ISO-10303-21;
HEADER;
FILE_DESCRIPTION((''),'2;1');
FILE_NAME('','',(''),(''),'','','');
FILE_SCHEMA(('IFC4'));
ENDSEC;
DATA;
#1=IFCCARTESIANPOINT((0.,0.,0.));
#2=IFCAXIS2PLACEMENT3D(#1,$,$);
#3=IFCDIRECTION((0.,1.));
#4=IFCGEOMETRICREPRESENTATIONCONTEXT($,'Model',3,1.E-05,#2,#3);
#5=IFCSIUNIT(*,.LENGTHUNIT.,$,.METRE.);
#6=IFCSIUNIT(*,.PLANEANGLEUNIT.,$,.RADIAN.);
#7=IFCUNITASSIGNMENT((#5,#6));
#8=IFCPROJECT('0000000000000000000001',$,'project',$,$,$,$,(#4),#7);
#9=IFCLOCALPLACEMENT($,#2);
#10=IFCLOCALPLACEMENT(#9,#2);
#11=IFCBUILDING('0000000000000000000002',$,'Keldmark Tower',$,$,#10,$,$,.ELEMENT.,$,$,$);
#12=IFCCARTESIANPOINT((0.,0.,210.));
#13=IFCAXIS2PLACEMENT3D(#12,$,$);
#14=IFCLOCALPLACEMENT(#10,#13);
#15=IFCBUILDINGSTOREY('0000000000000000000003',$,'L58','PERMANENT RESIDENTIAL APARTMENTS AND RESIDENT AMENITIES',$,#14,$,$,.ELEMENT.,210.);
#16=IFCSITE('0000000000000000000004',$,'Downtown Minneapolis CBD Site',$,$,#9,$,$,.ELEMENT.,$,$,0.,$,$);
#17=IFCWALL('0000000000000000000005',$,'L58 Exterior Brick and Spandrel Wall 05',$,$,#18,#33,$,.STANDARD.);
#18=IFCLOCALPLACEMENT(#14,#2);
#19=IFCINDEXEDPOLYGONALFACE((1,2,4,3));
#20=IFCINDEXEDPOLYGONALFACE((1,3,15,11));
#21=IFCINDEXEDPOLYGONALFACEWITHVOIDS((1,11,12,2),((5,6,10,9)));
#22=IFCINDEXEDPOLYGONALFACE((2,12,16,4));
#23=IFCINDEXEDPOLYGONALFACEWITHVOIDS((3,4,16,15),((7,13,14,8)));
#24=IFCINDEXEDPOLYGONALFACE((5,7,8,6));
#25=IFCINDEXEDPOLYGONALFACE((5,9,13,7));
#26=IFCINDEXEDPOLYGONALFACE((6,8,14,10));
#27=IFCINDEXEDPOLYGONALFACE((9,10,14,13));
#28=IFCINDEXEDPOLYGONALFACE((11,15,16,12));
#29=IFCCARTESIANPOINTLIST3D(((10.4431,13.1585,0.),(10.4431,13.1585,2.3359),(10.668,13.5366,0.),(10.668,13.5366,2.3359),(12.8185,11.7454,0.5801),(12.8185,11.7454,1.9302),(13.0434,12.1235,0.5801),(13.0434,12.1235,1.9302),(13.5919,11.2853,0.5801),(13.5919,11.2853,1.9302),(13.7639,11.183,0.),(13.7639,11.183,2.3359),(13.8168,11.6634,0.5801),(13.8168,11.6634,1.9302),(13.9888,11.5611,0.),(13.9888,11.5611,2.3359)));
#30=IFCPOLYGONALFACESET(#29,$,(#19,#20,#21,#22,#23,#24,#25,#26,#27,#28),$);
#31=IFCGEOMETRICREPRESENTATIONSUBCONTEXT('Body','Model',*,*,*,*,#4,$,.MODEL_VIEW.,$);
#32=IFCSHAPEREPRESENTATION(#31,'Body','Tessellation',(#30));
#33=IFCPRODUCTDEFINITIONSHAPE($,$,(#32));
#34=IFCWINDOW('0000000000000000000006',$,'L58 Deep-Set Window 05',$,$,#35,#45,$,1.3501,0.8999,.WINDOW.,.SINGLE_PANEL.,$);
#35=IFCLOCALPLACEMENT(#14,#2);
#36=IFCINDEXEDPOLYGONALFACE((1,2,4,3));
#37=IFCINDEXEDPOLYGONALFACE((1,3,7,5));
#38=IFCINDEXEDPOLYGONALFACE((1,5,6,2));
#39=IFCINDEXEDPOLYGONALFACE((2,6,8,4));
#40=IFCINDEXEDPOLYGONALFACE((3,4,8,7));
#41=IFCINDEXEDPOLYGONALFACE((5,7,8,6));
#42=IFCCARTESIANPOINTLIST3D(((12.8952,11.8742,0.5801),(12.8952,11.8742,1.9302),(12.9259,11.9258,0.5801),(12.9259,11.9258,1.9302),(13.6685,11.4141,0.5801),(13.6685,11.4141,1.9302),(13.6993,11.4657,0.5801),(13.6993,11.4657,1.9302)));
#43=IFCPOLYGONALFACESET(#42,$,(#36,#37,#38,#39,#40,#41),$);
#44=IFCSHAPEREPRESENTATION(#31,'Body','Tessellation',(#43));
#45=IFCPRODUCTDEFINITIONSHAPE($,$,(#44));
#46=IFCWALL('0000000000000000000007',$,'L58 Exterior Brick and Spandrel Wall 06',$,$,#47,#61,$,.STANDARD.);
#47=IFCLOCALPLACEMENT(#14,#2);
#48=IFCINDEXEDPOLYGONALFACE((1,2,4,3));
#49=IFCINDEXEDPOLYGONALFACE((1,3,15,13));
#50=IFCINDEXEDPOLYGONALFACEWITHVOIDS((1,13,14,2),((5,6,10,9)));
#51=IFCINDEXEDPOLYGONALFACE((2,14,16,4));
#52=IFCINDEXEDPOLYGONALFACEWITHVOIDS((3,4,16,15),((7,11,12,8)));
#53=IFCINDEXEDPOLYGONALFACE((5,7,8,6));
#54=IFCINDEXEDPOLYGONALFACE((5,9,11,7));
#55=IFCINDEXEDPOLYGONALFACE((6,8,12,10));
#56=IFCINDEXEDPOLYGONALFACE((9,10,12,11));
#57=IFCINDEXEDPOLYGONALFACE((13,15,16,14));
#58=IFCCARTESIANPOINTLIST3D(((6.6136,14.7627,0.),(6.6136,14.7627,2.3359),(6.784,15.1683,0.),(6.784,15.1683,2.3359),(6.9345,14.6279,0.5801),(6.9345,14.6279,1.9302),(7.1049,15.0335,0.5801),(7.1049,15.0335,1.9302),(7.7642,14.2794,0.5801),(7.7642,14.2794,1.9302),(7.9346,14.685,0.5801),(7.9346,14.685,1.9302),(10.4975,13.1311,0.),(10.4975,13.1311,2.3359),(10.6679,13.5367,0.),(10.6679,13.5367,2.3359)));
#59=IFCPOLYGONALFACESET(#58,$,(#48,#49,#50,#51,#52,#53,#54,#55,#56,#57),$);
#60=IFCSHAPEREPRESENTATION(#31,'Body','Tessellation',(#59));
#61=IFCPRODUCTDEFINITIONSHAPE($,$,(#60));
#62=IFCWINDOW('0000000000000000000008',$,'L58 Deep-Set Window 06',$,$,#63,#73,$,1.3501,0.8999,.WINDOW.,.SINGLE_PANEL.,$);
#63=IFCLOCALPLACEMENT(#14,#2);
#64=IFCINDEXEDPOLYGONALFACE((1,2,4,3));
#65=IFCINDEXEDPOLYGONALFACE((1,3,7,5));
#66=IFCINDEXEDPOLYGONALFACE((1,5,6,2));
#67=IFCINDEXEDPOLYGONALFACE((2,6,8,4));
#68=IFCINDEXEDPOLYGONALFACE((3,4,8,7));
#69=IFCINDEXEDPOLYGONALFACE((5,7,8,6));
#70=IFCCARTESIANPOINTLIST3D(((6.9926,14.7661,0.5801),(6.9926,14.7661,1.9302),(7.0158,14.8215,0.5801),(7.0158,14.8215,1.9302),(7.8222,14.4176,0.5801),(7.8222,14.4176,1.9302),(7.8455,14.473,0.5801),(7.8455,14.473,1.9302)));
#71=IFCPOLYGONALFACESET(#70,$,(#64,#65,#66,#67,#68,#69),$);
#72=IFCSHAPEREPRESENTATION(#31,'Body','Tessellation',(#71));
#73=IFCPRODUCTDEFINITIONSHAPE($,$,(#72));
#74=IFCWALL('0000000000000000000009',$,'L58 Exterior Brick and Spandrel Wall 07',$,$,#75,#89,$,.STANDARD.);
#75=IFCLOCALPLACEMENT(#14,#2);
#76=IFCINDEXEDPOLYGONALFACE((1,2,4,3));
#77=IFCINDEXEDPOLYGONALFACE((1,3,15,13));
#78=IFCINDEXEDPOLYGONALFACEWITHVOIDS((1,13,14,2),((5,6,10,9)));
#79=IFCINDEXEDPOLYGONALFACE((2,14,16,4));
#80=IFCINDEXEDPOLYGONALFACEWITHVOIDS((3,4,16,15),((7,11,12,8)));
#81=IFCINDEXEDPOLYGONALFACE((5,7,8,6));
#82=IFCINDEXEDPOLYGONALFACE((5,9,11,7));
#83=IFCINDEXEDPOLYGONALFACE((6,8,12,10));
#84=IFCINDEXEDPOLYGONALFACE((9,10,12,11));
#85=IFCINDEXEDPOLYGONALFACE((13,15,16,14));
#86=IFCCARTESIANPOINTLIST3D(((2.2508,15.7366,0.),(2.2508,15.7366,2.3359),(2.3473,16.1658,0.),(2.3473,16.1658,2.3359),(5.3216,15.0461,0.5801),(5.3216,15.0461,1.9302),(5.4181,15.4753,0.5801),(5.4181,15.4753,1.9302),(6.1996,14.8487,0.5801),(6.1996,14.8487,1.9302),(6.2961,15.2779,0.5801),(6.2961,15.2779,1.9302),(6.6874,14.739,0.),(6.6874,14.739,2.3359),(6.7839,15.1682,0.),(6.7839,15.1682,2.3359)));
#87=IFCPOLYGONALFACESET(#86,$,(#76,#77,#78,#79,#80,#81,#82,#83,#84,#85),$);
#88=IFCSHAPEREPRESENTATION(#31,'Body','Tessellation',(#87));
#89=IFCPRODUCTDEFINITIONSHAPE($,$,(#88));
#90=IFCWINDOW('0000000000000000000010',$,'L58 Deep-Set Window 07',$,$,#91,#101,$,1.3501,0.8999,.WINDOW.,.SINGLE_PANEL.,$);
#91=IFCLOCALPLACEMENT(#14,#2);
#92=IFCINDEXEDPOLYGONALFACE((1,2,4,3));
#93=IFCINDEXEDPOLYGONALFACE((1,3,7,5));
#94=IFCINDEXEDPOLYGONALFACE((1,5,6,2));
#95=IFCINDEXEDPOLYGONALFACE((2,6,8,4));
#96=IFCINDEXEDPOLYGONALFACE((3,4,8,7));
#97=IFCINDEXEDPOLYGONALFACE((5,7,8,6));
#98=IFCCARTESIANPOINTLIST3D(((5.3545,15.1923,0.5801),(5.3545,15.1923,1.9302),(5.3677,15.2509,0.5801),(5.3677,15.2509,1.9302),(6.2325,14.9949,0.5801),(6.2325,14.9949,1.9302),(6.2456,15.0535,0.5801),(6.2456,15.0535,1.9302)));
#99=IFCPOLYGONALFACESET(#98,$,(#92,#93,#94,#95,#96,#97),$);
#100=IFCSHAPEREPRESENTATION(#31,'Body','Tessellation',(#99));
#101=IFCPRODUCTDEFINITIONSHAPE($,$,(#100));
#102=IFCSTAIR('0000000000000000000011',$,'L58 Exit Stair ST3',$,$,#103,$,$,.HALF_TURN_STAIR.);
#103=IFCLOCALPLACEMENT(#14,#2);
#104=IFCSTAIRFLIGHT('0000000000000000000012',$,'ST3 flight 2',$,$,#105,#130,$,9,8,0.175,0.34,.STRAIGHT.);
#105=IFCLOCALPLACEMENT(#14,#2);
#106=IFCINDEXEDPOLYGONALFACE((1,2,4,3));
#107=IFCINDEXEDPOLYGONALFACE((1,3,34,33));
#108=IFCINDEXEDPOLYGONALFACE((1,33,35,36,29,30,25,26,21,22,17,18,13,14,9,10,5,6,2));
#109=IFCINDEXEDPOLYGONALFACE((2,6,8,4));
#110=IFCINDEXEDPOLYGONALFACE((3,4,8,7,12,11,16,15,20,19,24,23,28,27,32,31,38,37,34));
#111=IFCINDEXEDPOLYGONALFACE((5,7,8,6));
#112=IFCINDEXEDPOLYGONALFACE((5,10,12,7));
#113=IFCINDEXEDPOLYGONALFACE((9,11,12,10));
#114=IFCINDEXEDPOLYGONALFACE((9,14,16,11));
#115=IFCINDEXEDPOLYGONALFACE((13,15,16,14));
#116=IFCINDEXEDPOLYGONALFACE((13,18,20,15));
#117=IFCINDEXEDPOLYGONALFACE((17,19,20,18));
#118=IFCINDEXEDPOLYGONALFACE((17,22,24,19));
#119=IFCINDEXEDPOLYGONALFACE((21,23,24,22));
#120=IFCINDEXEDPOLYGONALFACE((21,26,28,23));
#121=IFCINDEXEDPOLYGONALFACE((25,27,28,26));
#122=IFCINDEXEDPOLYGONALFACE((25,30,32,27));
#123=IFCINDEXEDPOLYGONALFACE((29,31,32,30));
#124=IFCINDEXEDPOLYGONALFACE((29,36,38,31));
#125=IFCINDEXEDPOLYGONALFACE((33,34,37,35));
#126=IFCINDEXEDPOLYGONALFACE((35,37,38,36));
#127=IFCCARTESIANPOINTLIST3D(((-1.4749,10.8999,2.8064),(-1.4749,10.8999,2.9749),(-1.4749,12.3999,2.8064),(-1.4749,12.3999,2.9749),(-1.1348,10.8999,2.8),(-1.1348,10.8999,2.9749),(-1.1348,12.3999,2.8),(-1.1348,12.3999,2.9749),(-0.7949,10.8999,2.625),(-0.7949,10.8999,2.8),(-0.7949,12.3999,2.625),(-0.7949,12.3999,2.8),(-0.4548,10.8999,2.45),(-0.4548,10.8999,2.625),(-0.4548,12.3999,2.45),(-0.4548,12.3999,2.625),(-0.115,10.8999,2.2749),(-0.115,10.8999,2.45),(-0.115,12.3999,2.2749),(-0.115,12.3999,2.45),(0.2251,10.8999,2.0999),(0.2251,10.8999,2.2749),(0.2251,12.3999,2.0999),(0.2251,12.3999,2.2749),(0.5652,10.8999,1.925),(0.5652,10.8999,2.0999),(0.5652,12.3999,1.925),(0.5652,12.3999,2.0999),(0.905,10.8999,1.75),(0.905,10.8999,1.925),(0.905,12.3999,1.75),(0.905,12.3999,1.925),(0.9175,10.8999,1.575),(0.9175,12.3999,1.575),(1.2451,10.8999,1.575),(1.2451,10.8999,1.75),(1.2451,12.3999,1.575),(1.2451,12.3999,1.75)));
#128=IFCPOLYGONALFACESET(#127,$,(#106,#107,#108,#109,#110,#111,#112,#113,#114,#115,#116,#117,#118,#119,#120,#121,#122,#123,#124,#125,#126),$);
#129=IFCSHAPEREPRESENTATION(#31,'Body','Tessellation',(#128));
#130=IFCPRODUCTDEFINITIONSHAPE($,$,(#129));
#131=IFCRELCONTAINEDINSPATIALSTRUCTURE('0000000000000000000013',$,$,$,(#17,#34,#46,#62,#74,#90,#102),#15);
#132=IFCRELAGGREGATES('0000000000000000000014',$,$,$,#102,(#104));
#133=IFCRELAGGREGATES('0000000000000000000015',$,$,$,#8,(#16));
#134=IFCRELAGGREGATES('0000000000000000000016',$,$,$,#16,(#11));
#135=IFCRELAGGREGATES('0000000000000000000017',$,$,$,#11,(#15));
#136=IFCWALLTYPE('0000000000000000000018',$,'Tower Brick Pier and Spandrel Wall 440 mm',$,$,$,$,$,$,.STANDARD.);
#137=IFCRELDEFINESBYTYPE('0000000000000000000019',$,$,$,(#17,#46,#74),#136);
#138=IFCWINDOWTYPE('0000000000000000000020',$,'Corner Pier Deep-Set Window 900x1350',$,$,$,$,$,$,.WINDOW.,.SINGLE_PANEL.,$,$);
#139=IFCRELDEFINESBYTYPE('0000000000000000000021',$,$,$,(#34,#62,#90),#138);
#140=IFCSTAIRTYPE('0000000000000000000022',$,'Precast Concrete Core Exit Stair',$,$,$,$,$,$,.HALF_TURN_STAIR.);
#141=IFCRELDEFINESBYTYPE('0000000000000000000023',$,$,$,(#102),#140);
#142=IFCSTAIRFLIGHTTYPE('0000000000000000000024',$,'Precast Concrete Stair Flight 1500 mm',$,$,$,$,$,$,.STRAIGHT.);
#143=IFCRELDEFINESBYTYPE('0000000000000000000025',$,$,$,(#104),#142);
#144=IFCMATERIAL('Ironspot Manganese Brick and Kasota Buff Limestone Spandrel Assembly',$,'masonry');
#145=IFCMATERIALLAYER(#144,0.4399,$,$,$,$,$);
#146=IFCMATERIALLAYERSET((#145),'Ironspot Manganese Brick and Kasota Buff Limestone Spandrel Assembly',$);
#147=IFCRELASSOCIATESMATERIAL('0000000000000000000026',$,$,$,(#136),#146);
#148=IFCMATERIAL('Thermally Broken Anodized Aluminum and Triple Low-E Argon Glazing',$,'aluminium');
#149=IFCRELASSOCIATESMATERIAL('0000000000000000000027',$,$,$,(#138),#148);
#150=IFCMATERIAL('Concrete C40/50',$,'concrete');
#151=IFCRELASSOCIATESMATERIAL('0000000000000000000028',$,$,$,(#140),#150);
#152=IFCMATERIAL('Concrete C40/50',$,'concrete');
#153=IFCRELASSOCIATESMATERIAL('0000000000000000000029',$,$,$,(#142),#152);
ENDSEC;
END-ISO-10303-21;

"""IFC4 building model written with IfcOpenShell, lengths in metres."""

from ifc_helpers import new_model, si_unit, direction, frame, frame_2d, origin, place, context, subcontext, project, spatial, polyline, rectangle, outline, extrude, material, layer, layer_set, type_object, element, fill, aggregate, save


model = new_model("IFC4")

# Units and contexts
model_context = context("Model", 3, precision=1e-05, world=origin(), true_north=direction((0.0, 1.0)))
body_context = subcontext(model_context, "Body", "Model", "MODEL_VIEW")
ifc_project = project(units=[si_unit("LENGTHUNIT", "METRE"), si_unit("PLANEANGLEUNIT", "RADIAN")], contexts=[model_context])

# Site, building, storey
site_placement = place(None, origin())
site = spatial("IfcSite", under=ifc_project, at=site_placement, Name="Downtown Minneapolis CBD Site", CompositionType="ELEMENT", RefElevation=0.0)
building_placement = place(site_placement, origin())
building = spatial("IfcBuilding", under=site, at=building_placement, Name="Keldmark Tower", CompositionType="ELEMENT")
storey_placement = place(building_placement, frame((0.0, 0.0, 210.0)))
storey = spatial("IfcBuildingStorey", under=building, at=storey_placement, Name="L58", Description="PERMANENT RESIDENTIAL APARTMENTS AND RESIDENT AMENITIES", CompositionType="ELEMENT", Elevation=210.0)

# Walls, openings, windows
ifc_material_1 = material(Name="Ironspot Manganese Brick and Kasota Buff Limestone Spandrel Assembly", Category="masonry")
ifc_layer_1 = layer(ifc_material_1, 0.4399)
ifc_layer_set_1 = layer_set([ifc_layer_1], Name="Ironspot Manganese Brick and Kasota Buff Limestone Spandrel Assembly")
wall_type_1 = type_object("IfcWallType", Name="Tower Brick Pier and Spandrel Wall 440 mm", PredefinedType="STANDARD", material=ifc_layer_set_1)
wall_1_placement = place(storey_placement, frame((10.5554, 13.3477, 0.0), z_axis=(0.0, 0.0, 1.0), x_axis=(0.859416, -0.511277, 0.0)))
wall_1 = element("IfcWall", 1, at=wall_1_placement, inside=storey, type_object=wall_type_1, Name="L58 Exterior Brick and Spandrel Wall 05", PredefinedType="STANDARD", context=body_context, shape_type="SweptSolid", body=[
    extrude(rectangle(XDim=3.864, YDim=0.4399, at=frame_2d((1.9321, 0.0))), origin(), (0.0, 0.0, 1.0), 2.3359),
])
opening_1_placement = place(wall_1_placement, frame((2.7642, 0.0, 0.5801)))
opening_1 = element("IfcOpeningElement", 2, at=opening_1_placement, cuts=wall_1, PredefinedType="OPENING", context=body_context, shape_type="SweptSolid", body=[
    extrude(rectangle(XDim=0.8999, YDim=1.3501, at=frame_2d((0.45, 0.675))), frame((0.0, 0.23, 0.0), z_axis=(0.0, -1.0, 0.0), x_axis=(1.0, 0.0, 0.0)), (0.0, 0.0, 1.0), 0.46),
])
ifc_material_2 = material(Name="Thermally Broken Anodized Aluminum and Triple Low-E Argon Glazing", Category="aluminium")
window_type = type_object("IfcWindowType", Name="Corner Pier Deep-Set Window 900x1350", PartitioningType="SINGLE_PANEL", PredefinedType="WINDOW", material=ifc_material_2)
window_1_placement = place(opening_1_placement, origin())
window_1 = element("IfcWindow", 3, at=window_1_placement, inside=storey, type_object=window_type, Name="L58 Deep-Set Window 05", OverallHeight=1.3501, OverallWidth=0.8999, PartitioningType="SINGLE_PANEL", PredefinedType="WINDOW", context=body_context, shape_type="SweptSolid", body=[
    extrude(rectangle(XDim=0.8999, YDim=1.3501, at=frame_2d((0.45, 0.675))), frame((0.0, -0.01, 0.0), z_axis=(0.0, -1.0, 0.0), x_axis=(1.0, 0.0, 0.0)), (0.0, 0.0, 1.0), 0.0601),
])
fill(opening_1, window_1)
wall_2_placement = place(storey_placement, frame((6.6987, 14.9656, 0.0), z_axis=(0.0, 0.0, 1.0), x_axis=(0.921948, -0.387313, 0.0)))
wall_2 = element("IfcWall", 4, at=wall_2_placement, inside=storey, type_object=wall_type_1, Name="L58 Exterior Brick and Spandrel Wall 06", PredefinedType="STANDARD", context=body_context, shape_type="SweptSolid", body=[
    extrude(rectangle(XDim=4.2126, YDim=0.4399, at=frame_2d((2.1064, 0.0))), origin(), (0.0, 0.0, 1.0), 2.3359),
])
opening_2_placement = place(wall_2_placement, frame((0.3481, 0.0, 0.5801)))
opening_2 = element("IfcOpeningElement", 5, at=opening_2_placement, cuts=wall_2, PredefinedType="OPENING", context=body_context, shape_type="SweptSolid", body=[
    extrude(rectangle(XDim=0.8999, YDim=1.3501, at=frame_2d((0.45, 0.675))), frame((0.0, 0.23, 0.0), z_axis=(0.0, -1.0, 0.0), x_axis=(1.0, 0.0, 0.0)), (0.0, 0.0, 1.0), 0.46),
])
window_2_placement = place(opening_2_placement, origin())
window_2 = element("IfcWindow", 6, at=window_2_placement, inside=storey, type_object=window_type, Name="L58 Deep-Set Window 06", OverallHeight=1.3501, OverallWidth=0.8999, PartitioningType="SINGLE_PANEL", PredefinedType="WINDOW", context=body_context, shape_type="SweptSolid", body=[
    extrude(rectangle(XDim=0.8999, YDim=1.3501, at=frame_2d((0.45, 0.675))), frame((0.0, -0.01, 0.0), z_axis=(0.0, -1.0, 0.0), x_axis=(1.0, 0.0, 0.0)), (0.0, 0.0, 1.0), 0.0601),
])
fill(opening_2, window_2)
wall_3_placement = place(storey_placement, frame((2.2991, 15.9512, 0.0), z_axis=(0.0, 0.0, 1.0), x_axis=(0.975641, -0.219374, 0.0)))
wall_3 = element("IfcWall", 7, at=wall_3_placement, inside=storey, type_object=wall_type_1, Name="L58 Exterior Brick and Spandrel Wall 07", PredefinedType="STANDARD", context=body_context, shape_type="SweptSolid", body=[
    extrude(rectangle(XDim=4.5474, YDim=0.4399, at=frame_2d((2.2737, 0.0))), origin(), (0.0, 0.0, 1.0), 2.3359),
])
opening_3_placement = place(wall_3_placement, frame((3.1475, 0.0, 0.5801)))
opening_3 = element("IfcOpeningElement", 8, at=opening_3_placement, cuts=wall_3, PredefinedType="OPENING", context=body_context, shape_type="SweptSolid", body=[
    extrude(rectangle(XDim=0.8999, YDim=1.3501, at=frame_2d((0.45, 0.675))), frame((0.0, 0.23, 0.0), z_axis=(0.0, -1.0, 0.0), x_axis=(1.0, 0.0, 0.0)), (0.0, 0.0, 1.0), 0.46),
])
window_3_placement = place(opening_3_placement, origin())
window_3 = element("IfcWindow", 9, at=window_3_placement, inside=storey, type_object=window_type, Name="L58 Deep-Set Window 07", OverallHeight=1.3501, OverallWidth=0.8999, PartitioningType="SINGLE_PANEL", PredefinedType="WINDOW", context=body_context, shape_type="SweptSolid", body=[
    extrude(rectangle(XDim=0.8999, YDim=1.3501, at=frame_2d((0.45, 0.675))), frame((0.0, -0.01, 0.0), z_axis=(0.0, -1.0, 0.0), x_axis=(1.0, 0.0, 0.0)), (0.0, 0.0, 1.0), 0.0601),
])
fill(opening_3, window_3)

# Stair, stair flight
ifc_material_3 = material(Name="Concrete C40/50", Category="concrete")
stair_type = type_object("IfcStairType", Name="Precast Concrete Core Exit Stair", PredefinedType="HALF_TURN_STAIR", material=ifc_material_3)
stair_placement = place(storey_placement, origin())
stair = element("IfcStair", 10, at=stair_placement, inside=storey, type_object=stair_type, Name="L58 Exit Stair ST3", PredefinedType="HALF_TURN_STAIR")
ifc_material_4 = material(Name="Concrete C40/50", Category="concrete")
stair_flight_type = type_object("IfcStairFlightType", Name="Precast Concrete Stair Flight 1500 mm", PredefinedType="STRAIGHT", material=ifc_material_4)
stair_flight_placement = place(storey_placement, frame((1.2451, 11.6499, 1.575), z_axis=(0.0, 0.0, 1.0), x_axis=(-1.0, 0.0, 0.0)))
stair_flight = element("IfcStairFlight", 11, at=stair_flight_placement, type_object=stair_flight_type, Name="ST3 flight 2", NumberOfRisers=9, NumberOfTreads=8, PredefinedType="STRAIGHT", RiserHeight=0.175, TreadLength=0.34, context=body_context, shape_type="SweptSolid", body=[
    extrude(outline(polyline([(0.0, 0.0), (0.0, 0.175), (0.3401, 0.175), (0.3401, 0.3501), (0.6799, 0.3501), (0.6799, 0.5249), (1.02, 0.5249), (1.02, 0.7), (1.3601, 0.7), (1.3601, 0.875), (1.7, 0.875), (1.7, 1.05), (2.04, 1.05), (2.04, 1.2251), (2.3799, 1.2251), (2.3799, 1.3999), (2.72, 1.3999), (2.72, 1.575), (2.72, 1.2314), (0.3276, 0.0), (0.0, 0.0)])), frame((0.0, 0.75, 0.0), z_axis=(0.0, -1.0, 0.0), x_axis=(1.0, 0.0, 0.0)), (0.0, 0.0, 1.0), 1.5),
])
aggregate(stair, [stair_flight])

save(model, "model.ifc")
